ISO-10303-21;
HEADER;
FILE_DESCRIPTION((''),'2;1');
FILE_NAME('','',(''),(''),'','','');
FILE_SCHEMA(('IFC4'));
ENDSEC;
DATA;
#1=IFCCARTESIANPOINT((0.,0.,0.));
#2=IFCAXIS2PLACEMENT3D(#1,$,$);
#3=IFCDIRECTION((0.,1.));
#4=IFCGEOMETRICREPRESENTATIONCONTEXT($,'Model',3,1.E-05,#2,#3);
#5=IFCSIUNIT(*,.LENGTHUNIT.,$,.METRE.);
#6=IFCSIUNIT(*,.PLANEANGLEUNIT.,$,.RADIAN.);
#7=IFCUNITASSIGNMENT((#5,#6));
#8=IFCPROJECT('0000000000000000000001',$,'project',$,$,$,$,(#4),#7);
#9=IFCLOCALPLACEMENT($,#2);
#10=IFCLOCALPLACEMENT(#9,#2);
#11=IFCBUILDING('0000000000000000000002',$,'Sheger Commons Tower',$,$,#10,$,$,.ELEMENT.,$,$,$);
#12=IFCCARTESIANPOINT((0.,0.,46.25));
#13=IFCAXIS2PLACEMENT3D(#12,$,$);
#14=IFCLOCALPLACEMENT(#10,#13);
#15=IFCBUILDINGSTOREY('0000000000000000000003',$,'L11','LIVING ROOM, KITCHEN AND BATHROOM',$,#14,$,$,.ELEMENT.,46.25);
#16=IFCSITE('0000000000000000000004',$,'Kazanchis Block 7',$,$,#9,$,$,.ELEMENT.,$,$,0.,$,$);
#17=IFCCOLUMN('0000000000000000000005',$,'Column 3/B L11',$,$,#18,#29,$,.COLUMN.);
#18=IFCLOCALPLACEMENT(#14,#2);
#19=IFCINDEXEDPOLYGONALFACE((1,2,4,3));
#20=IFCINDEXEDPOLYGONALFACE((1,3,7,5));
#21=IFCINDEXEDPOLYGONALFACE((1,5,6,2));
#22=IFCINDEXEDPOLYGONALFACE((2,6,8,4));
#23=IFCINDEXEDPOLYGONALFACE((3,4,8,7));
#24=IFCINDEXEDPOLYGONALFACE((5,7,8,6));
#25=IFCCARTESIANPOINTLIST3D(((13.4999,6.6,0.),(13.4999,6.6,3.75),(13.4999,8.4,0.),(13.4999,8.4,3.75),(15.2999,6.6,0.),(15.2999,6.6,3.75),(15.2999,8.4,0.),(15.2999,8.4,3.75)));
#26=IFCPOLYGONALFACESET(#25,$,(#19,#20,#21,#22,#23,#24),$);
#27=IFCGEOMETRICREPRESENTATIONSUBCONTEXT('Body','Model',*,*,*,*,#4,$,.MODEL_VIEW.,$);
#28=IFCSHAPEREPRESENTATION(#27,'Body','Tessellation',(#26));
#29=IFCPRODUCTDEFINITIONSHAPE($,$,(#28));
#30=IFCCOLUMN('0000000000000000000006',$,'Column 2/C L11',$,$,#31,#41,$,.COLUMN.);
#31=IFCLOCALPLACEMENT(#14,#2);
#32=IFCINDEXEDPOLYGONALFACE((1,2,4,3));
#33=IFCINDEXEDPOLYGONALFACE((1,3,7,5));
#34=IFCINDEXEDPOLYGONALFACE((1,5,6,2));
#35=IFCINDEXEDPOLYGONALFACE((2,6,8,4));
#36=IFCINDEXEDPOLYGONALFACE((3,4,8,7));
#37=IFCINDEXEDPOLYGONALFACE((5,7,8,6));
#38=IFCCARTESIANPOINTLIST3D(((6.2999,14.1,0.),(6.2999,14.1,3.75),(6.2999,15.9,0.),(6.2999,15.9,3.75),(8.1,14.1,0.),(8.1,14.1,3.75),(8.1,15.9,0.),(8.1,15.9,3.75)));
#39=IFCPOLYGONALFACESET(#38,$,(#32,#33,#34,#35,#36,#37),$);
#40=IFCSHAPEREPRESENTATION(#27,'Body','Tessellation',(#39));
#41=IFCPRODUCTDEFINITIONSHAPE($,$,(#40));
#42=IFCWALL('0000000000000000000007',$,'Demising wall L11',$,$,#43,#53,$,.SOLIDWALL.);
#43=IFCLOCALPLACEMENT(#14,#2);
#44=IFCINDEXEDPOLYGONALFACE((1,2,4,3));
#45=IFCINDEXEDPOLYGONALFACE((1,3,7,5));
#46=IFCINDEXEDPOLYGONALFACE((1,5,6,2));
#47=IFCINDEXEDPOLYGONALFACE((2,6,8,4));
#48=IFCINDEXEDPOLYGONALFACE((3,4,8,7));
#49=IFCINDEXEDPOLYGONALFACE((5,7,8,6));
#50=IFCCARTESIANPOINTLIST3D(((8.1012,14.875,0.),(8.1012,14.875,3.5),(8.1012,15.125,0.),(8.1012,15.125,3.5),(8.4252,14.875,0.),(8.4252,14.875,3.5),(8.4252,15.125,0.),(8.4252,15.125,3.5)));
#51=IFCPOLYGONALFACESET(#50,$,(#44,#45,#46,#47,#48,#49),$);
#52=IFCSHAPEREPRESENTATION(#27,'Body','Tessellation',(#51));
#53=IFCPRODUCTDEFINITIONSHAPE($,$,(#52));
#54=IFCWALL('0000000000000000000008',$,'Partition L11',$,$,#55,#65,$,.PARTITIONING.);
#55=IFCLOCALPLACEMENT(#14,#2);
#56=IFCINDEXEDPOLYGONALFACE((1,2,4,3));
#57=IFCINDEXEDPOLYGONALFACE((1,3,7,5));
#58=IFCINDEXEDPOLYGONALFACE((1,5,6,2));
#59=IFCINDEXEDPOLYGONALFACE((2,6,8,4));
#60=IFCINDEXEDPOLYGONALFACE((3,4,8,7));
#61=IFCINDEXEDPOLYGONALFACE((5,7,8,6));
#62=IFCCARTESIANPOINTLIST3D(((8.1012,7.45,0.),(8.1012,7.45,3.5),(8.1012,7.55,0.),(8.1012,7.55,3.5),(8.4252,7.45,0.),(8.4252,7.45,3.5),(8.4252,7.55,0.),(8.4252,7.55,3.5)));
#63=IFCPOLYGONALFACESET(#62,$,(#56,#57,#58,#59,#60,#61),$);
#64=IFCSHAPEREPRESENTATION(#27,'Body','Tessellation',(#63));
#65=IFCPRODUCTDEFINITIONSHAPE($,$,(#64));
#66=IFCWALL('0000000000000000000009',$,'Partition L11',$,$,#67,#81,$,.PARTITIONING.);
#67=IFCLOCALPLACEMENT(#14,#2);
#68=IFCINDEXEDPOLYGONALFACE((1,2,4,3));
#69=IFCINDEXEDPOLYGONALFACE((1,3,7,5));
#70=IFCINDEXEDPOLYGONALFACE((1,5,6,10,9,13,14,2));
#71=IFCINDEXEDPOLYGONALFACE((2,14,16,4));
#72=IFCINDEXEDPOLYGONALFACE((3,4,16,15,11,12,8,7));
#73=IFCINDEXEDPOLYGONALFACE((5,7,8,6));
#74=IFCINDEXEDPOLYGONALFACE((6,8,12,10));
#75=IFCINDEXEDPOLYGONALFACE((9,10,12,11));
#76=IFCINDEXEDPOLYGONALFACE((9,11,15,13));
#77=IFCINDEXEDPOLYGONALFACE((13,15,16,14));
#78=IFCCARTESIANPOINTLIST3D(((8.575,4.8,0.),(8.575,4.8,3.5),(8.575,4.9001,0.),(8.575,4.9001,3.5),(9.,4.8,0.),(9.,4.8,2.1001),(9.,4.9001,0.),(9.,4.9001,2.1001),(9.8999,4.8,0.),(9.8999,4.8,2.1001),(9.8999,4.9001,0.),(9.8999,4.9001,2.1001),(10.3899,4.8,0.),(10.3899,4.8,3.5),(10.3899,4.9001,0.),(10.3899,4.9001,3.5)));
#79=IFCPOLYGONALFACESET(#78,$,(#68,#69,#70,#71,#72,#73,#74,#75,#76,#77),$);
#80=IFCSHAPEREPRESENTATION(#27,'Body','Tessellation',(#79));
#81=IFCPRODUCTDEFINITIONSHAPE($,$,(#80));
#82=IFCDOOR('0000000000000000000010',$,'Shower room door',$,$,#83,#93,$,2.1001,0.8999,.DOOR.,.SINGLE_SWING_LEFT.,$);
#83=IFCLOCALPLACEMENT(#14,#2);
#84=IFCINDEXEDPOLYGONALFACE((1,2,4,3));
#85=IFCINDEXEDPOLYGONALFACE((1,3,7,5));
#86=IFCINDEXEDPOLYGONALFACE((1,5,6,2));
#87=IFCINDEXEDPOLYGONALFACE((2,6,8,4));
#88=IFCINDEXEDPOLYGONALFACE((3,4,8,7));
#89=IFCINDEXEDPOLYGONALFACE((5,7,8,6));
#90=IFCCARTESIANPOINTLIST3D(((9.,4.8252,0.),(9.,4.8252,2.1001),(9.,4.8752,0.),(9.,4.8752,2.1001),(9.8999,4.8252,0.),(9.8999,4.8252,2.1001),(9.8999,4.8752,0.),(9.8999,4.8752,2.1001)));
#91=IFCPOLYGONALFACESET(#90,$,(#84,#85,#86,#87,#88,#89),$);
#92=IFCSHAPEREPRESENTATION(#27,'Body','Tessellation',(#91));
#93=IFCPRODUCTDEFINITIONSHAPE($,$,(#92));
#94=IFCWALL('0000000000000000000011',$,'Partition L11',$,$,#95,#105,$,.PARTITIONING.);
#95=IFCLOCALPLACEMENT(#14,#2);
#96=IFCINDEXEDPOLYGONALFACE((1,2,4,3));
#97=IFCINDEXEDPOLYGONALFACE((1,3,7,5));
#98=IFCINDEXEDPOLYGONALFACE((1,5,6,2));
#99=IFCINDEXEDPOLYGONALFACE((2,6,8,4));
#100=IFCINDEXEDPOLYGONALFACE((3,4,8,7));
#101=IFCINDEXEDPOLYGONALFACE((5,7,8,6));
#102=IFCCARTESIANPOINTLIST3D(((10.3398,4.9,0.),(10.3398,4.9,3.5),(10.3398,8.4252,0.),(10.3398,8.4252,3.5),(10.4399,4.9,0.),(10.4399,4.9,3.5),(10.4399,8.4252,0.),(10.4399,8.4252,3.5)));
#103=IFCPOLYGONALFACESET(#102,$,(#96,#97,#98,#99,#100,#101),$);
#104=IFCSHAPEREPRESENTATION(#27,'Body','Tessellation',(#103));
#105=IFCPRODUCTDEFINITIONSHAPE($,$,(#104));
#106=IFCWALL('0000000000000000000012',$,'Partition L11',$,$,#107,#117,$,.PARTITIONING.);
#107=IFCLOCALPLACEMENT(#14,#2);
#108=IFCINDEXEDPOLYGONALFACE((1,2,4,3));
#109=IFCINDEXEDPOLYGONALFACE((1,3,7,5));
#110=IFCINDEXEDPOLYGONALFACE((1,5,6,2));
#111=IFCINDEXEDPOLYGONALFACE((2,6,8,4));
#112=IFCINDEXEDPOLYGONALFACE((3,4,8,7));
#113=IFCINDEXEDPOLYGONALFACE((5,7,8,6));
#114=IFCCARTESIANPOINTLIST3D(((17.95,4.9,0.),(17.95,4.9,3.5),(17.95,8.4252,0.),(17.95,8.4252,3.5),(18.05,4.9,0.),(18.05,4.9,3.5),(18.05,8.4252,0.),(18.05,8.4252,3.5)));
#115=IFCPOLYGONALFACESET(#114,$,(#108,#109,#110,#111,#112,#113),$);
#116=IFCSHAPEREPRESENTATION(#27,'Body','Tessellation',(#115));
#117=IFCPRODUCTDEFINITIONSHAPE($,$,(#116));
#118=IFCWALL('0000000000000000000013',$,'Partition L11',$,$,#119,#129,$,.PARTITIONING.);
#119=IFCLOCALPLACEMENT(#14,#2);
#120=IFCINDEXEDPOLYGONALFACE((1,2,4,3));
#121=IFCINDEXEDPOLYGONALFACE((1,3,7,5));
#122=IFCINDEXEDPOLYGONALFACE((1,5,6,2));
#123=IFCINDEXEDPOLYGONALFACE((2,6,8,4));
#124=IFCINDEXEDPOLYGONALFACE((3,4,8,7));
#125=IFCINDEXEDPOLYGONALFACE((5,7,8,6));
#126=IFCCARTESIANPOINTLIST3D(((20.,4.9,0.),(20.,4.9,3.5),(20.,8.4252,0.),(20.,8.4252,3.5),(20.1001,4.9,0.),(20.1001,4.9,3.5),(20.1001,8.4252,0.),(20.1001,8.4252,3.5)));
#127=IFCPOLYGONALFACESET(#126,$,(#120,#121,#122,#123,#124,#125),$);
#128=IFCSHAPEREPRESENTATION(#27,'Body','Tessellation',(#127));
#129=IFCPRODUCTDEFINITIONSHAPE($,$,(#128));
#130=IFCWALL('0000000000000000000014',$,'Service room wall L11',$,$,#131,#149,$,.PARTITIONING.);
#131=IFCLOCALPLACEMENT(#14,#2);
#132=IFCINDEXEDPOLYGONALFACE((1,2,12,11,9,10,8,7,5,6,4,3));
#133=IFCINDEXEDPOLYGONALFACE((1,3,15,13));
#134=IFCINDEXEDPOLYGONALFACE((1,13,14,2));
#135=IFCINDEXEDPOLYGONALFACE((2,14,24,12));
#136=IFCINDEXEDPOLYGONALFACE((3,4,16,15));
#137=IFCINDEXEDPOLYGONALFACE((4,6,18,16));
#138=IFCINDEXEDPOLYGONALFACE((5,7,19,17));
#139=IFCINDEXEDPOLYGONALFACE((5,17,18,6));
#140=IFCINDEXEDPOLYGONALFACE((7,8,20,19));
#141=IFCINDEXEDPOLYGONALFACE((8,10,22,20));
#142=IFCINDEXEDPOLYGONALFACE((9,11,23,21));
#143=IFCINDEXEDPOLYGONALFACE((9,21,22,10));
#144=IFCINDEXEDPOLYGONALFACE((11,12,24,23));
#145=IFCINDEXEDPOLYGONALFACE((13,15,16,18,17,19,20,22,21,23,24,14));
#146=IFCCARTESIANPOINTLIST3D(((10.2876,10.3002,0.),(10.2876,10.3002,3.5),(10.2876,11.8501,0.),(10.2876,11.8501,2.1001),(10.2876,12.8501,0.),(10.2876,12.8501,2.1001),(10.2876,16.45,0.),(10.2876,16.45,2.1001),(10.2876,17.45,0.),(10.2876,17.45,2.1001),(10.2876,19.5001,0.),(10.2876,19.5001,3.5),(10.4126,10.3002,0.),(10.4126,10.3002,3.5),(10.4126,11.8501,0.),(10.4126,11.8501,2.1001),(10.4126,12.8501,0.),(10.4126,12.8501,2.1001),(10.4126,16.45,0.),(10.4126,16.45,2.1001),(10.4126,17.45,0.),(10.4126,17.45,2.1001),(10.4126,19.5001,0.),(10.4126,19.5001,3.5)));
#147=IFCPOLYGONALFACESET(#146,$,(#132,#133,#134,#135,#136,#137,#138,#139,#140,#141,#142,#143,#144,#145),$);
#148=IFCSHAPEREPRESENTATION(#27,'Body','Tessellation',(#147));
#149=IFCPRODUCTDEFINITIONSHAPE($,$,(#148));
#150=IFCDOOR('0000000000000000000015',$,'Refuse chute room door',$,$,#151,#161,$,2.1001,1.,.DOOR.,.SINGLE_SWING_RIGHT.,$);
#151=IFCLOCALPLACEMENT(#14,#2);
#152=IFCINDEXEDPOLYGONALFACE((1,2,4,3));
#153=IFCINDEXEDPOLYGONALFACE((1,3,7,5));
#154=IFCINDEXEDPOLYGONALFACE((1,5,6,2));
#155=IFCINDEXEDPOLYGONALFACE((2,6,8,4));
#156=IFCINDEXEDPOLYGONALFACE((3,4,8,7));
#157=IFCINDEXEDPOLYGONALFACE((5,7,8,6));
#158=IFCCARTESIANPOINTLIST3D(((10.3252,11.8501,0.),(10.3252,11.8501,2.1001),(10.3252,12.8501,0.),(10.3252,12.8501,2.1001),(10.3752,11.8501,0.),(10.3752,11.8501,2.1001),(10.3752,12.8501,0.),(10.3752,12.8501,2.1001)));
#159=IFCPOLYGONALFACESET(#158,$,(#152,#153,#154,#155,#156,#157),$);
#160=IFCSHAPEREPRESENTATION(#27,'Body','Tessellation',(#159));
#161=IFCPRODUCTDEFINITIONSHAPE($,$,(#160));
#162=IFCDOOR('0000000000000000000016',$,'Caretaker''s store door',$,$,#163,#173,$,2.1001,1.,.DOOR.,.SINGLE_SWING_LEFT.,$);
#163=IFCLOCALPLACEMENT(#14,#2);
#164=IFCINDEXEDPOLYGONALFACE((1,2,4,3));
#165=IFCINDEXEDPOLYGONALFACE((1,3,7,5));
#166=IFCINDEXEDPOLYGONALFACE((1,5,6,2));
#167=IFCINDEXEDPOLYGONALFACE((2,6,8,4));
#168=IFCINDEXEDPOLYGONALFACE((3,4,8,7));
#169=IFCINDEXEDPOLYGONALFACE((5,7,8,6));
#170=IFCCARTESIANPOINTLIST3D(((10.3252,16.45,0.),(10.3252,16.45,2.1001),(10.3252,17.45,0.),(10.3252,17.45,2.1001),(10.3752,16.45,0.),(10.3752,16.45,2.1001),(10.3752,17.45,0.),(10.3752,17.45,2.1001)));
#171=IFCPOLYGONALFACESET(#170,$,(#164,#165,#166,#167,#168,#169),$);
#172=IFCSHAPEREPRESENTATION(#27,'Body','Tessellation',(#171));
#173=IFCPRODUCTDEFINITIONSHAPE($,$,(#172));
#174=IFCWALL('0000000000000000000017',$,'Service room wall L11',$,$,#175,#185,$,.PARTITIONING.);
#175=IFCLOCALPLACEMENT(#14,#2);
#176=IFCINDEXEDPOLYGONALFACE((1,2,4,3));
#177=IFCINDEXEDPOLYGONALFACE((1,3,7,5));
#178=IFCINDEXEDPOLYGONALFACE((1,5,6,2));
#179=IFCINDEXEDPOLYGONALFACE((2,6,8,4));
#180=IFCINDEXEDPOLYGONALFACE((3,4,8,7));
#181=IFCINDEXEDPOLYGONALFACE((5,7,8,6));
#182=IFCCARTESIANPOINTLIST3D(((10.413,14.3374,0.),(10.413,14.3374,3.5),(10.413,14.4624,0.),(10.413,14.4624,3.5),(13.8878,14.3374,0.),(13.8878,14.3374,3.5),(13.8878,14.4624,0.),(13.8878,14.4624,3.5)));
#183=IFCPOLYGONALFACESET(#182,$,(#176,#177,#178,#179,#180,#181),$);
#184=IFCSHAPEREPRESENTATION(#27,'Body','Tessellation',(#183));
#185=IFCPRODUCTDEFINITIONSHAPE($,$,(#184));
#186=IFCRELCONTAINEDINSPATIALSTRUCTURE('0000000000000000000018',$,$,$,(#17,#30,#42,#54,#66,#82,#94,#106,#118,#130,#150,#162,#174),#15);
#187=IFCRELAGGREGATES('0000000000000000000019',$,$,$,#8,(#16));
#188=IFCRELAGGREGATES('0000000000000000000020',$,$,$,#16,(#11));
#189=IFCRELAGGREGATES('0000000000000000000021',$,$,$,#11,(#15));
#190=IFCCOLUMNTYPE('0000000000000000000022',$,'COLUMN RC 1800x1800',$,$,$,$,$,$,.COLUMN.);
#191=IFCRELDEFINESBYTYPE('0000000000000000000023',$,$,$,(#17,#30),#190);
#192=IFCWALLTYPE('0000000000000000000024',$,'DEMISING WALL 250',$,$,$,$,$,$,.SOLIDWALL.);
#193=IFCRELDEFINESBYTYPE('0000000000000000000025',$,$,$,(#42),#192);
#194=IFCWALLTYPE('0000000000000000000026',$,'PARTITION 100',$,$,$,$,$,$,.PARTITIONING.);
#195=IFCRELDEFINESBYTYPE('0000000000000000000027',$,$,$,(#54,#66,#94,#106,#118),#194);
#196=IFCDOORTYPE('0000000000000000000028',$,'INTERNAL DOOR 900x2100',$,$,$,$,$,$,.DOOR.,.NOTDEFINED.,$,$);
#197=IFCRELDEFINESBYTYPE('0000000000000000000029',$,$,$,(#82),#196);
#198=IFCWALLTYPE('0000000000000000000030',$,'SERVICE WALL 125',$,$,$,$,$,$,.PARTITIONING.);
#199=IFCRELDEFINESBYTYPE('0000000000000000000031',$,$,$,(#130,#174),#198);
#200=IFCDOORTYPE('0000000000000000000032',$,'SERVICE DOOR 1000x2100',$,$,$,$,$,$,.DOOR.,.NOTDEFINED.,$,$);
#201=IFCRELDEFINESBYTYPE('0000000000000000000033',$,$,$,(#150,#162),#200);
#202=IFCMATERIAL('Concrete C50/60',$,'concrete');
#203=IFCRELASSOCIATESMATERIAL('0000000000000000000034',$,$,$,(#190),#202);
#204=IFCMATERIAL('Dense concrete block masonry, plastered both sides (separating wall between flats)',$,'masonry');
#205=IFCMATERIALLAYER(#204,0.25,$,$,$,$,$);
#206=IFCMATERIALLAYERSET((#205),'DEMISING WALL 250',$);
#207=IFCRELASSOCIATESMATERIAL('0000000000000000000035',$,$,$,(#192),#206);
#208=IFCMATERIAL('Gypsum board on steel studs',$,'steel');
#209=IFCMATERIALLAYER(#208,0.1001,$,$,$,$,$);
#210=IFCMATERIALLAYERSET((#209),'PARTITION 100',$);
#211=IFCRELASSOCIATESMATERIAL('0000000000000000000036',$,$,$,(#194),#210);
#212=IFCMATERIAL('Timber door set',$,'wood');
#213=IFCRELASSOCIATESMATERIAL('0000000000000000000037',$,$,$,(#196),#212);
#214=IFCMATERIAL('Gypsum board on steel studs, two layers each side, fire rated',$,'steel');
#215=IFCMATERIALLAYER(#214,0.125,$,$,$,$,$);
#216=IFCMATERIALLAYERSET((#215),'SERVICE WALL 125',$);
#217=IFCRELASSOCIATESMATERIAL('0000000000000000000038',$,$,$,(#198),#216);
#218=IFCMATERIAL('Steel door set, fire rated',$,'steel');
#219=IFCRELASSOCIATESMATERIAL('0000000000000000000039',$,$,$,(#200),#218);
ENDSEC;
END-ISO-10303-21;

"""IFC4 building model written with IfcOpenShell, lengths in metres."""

from ifc_helpers import new_model, si_unit, direction, frame, frame_2d, origin, origin_2d, place, context, subcontext, project, spatial, rectangle, extrude, material, layer, layer_set, material_profile, profile_set, type_object, element, fill, save


model = new_model("IFC4")

# Units and contexts
model_context = context("Model", 3, precision=1e-05, world=origin(), true_north=direction((0.0, 1.0)))
body_context = subcontext(model_context, "Body", "Model", "MODEL_VIEW")
ifc_project = project(units=[si_unit("LENGTHUNIT", "METRE"), si_unit("PLANEANGLEUNIT", "RADIAN")], contexts=[model_context])

# Site, building, storey
site_placement = place(None, origin())
site = spatial("IfcSite", under=ifc_project, at=site_placement, Name="Kazanchis Block 7", CompositionType="ELEMENT", RefElevation=0.0)
building_placement = place(site_placement, origin())
building = spatial("IfcBuilding", under=site, at=building_placement, Name="Sheger Commons Tower", CompositionType="ELEMENT")
storey_placement = place(building_placement, frame((0.0, 0.0, 46.25)))
storey = spatial("IfcBuildingStorey", under=building, at=storey_placement, Name="L11", Description="LIVING ROOM, KITCHEN AND BATHROOM", CompositionType="ELEMENT", Elevation=46.25)

# Columns
ifc_material_1 = material(Name="Concrete C50/60", Category="concrete")
ifc_material_profile = material_profile(ifc_material_1, rectangle(XDim=1.8, YDim=1.8, at=origin_2d()), Name="RC 1800x1800")
ifc_profile_set = profile_set([ifc_material_profile], Name="Concrete C50/60")
column_type = type_object("IfcColumnType", Name="COLUMN RC 1800x1800", PredefinedType="COLUMN", material=ifc_profile_set)
for number, where, z_axis, x_axis, name in (
    (1, (14.3999, 7.5, 0.0), (0.0, 0.0, 1.0), (1.0, 0.0, 0.0), "Column 3/B L11"),
    (2, (7.2, 15.0, 0.0), (0.0, 0.0, 1.0), (1.0, 0.0, 0.0), "Column 2/C L11"),
):
    element("IfcColumn", number, at=place(storey_placement, frame(where, z_axis=z_axis, x_axis=x_axis)), inside=storey, type_object=column_type, Name=name, PredefinedType="COLUMN", context=body_context, shape_type="SweptSolid", body=[
        extrude(rectangle(XDim=1.8, YDim=1.8, at=origin_2d()), origin(), (0.0, 0.0, 1.0), 3.75),
    ])

# Walls
ifc_material_2 = material(Name="Dense concrete block masonry, plastered both sides (separating wall between flats)", Category="masonry")
ifc_layer_1 = layer(ifc_material_2, 0.25)
ifc_layer_set_1 = layer_set([ifc_layer_1], Name="DEMISING WALL 250")
wall_type_1 = type_object("IfcWallType", Name="DEMISING WALL 250", PredefinedType="SOLIDWALL", material=ifc_layer_set_1)
wall_1_placement = place(storey_placement, frame((8.1011, 15.0, 0.0), z_axis=(0.0, 0.0, 1.0), x_axis=(1.0, 0.0, 0.0)))
element("IfcWall", 3, at=wall_1_placement, inside=storey, type_object=wall_type_1, Name="Demising wall L11", PredefinedType="SOLIDWALL", context=body_context, shape_type="SweptSolid", body=[
    extrude(rectangle(XDim=0.324, YDim=0.25, at=frame_2d((0.1621, 0.0))), origin(), (0.0, 0.0, 1.0), 3.5),
])
ifc_material_3 = material(Name="Gypsum board on steel studs", Category="steel")
ifc_layer_2 = layer(ifc_material_3, 0.1001)
ifc_layer_set_2 = layer_set([ifc_layer_2], Name="PARTITION 100")
wall_type_2 = type_object("IfcWallType", Name="PARTITION 100", PredefinedType="PARTITIONING", material=ifc_layer_set_2)
wall_2_placement = place(storey_placement, frame((8.1011, 7.5, 0.0), z_axis=(0.0, 0.0, 1.0), x_axis=(1.0, 0.0, 0.0)))
element("IfcWall", 4, at=wall_2_placement, inside=storey, type_object=wall_type_2, Name="Partition L11", PredefinedType="PARTITIONING", context=body_context, shape_type="SweptSolid", body=[
    extrude(rectangle(XDim=0.324, YDim=0.1001, at=frame_2d((0.1621, 0.0))), origin(), (0.0, 0.0, 1.0), 3.5),
])

# Wall, opening, door
wall_3_placement = place(storey_placement, frame((10.3899, 4.8501, 0.0), z_axis=(0.0, 0.0, 1.0), x_axis=(-1.0, 0.0, 0.0)))
wall_3 = element("IfcWall", 5, at=wall_3_placement, inside=storey, type_object=wall_type_2, Name="Partition L11", PredefinedType="PARTITIONING", context=body_context, shape_type="SweptSolid", body=[
    extrude(rectangle(XDim=1.8149, YDim=0.1001, at=frame_2d((0.9075, 0.0))), origin(), (0.0, 0.0, 1.0), 3.5),
])
opening_1_placement = place(wall_3_placement, frame((0.49, 0.0, 0.0)))
opening_1 = element("IfcOpeningElement", 6, at=opening_1_placement, cuts=wall_3, PredefinedType="OPENING", context=body_context, shape_type="SweptSolid", body=[
    extrude(rectangle(XDim=0.8999, YDim=2.1001, at=frame_2d((0.45, 1.05))), frame((0.0, 0.0601, 0.0), z_axis=(0.0, -1.0, 0.0), x_axis=(1.0, 0.0, 0.0)), (0.0, 0.0, 1.0), 0.1201),
])
ifc_material_4 = material(Name="Timber door set", Category="wood")
door_type_1 = type_object("IfcDoorType", Name="INTERNAL DOOR 900x2100", OperationType="NOTDEFINED", PredefinedType="DOOR", material=ifc_material_4)
door_1_placement = place(opening_1_placement, origin())
door_1 = element("IfcDoor", 7, at=door_1_placement, inside=storey, type_object=door_type_1, Name="Shower room door", OperationType="SINGLE_SWING_LEFT", OverallHeight=2.1001, OverallWidth=0.8999, PredefinedType="DOOR", context=body_context, shape_type="SweptSolid", body=[
    extrude(rectangle(XDim=0.8999, YDim=2.1001, at=frame_2d((0.45, 1.05))), frame((0.0, 0.0249, 0.0), z_axis=(0.0, -1.0, 0.0), x_axis=(1.0, 0.0, 0.0)), (0.0, 0.0, 1.0), 0.05),
])
fill(opening_1, door_1)

# Walls
for number, where, z_axis, x_axis, name in (
    (8, (10.3899, 4.8999, 0.0), (0.0, 0.0, 1.0), (0.0, 1.0, 0.0), "Partition L11"),
    (9, (18.0, 4.8999, 0.0), (0.0, 0.0, 1.0), (0.0, 1.0, 0.0), "Partition L11"),
    (10, (20.05, 4.8999, 0.0), (0.0, 0.0, 1.0), (0.0, 1.0, 0.0), "Partition L11"),
):
    element("IfcWall", number, at=place(storey_placement, frame(where, z_axis=z_axis, x_axis=x_axis)), inside=storey, type_object=wall_type_2, Name=name, PredefinedType="PARTITIONING", context=body_context, shape_type="SweptSolid", body=[
        extrude(rectangle(XDim=3.5251, YDim=0.1001, at=frame_2d((1.7627, 0.0))), origin(), (0.0, 0.0, 1.0), 3.5),
    ])

# Wall, openings, doors
ifc_material_5 = material(Name="Gypsum board on steel studs, two layers each side, fire rated", Category="steel")
ifc_layer_3 = layer(ifc_material_5, 0.125)
ifc_layer_set_3 = layer_set([ifc_layer_3], Name="SERVICE WALL 125")
wall_type_3 = type_object("IfcWallType", Name="SERVICE WALL 125", PredefinedType="PARTITIONING", material=ifc_layer_set_3)
wall_4_placement = place(storey_placement, frame((10.3501, 10.3, 0.0), z_axis=(0.0, 0.0, 1.0), x_axis=(0.0, 1.0, 0.0)))
wall_4 = element("IfcWall", 11, at=wall_4_placement, inside=storey, type_object=wall_type_3, Name="Service room wall L11", PredefinedType="PARTITIONING", context=body_context, shape_type="SweptSolid", body=[
    extrude(rectangle(XDim=9.2, YDim=0.125, at=frame_2d((4.6001, 0.0))), origin(), (0.0, 0.0, 1.0), 3.5),
])
opening_2_placement = place(wall_4_placement, frame((1.55, 0.0, 0.0)))
opening_2 = element("IfcOpeningElement", 12, at=opening_2_placement, cuts=wall_4, PredefinedType="OPENING", context=body_context, shape_type="SweptSolid", body=[
    extrude(rectangle(XDim=1.0, YDim=2.1001, at=frame_2d((0.5, 1.05))), frame((0.0, 0.0725, 0.0), z_axis=(0.0, -1.0, 0.0), x_axis=(1.0, 0.0, 0.0)), (0.0, 0.0, 1.0), 0.145),
])
opening_3_placement = place(wall_4_placement, frame((6.1499, 0.0, 0.0)))
opening_3 = element("IfcOpeningElement", 13, at=opening_3_placement, cuts=wall_4, PredefinedType="OPENING", context=body_context, shape_type="SweptSolid", body=[
    extrude(rectangle(XDim=1.0, YDim=2.1001, at=frame_2d((0.5, 1.05))), frame((0.0, 0.0725, 0.0), z_axis=(0.0, -1.0, 0.0), x_axis=(1.0, 0.0, 0.0)), (0.0, 0.0, 1.0), 0.145),
])
ifc_material_6 = material(Name="Steel door set, fire rated", Category="steel")
door_type_2 = type_object("IfcDoorType", Name="SERVICE DOOR 1000x2100", OperationType="NOTDEFINED", PredefinedType="DOOR", material=ifc_material_6)
door_2_placement = place(opening_2_placement, origin())
door_2 = element("IfcDoor", 14, at=door_2_placement, inside=storey, type_object=door_type_2, Name="Refuse chute room door", OperationType="SINGLE_SWING_RIGHT", OverallHeight=2.1001, OverallWidth=1.0, PredefinedType="DOOR", context=body_context, shape_type="SweptSolid", body=[
    extrude(rectangle(XDim=1.0, YDim=2.1001, at=frame_2d((0.5, 1.05))), frame((0.0, 0.0249, 0.0), z_axis=(0.0, -1.0, 0.0), x_axis=(1.0, 0.0, 0.0)), (0.0, 0.0, 1.0), 0.05),
])
fill(opening_2, door_2)
door_3_placement = place(opening_3_placement, origin())
door_3 = element("IfcDoor", 15, at=door_3_placement, inside=storey, type_object=door_type_2, Name="Caretaker's store door", OperationType="SINGLE_SWING_LEFT", OverallHeight=2.1001, OverallWidth=1.0, PredefinedType="DOOR", context=body_context, shape_type="SweptSolid", body=[
    extrude(rectangle(XDim=1.0, YDim=2.1001, at=frame_2d((0.5, 1.05))), frame((0.0, 0.0249, 0.0), z_axis=(0.0, -1.0, 0.0), x_axis=(1.0, 0.0, 0.0)), (0.0, 0.0, 1.0), 0.05),
])
fill(opening_3, door_3)

# Wall
wall_5_placement = place(storey_placement, frame((10.4131, 14.3999, 0.0), z_axis=(0.0, 0.0, 1.0), x_axis=(1.0, 0.0, 0.0)))
element("IfcWall", 16, at=wall_5_placement, inside=storey, type_object=wall_type_3, Name="Service room wall L11", PredefinedType="PARTITIONING", context=body_context, shape_type="SweptSolid", body=[
    extrude(rectangle(XDim=3.4749, YDim=0.125, at=frame_2d((1.7373, 0.0))), origin(), (0.0, 0.0, 1.0), 3.5),
])

save(model, "model.ifc")
